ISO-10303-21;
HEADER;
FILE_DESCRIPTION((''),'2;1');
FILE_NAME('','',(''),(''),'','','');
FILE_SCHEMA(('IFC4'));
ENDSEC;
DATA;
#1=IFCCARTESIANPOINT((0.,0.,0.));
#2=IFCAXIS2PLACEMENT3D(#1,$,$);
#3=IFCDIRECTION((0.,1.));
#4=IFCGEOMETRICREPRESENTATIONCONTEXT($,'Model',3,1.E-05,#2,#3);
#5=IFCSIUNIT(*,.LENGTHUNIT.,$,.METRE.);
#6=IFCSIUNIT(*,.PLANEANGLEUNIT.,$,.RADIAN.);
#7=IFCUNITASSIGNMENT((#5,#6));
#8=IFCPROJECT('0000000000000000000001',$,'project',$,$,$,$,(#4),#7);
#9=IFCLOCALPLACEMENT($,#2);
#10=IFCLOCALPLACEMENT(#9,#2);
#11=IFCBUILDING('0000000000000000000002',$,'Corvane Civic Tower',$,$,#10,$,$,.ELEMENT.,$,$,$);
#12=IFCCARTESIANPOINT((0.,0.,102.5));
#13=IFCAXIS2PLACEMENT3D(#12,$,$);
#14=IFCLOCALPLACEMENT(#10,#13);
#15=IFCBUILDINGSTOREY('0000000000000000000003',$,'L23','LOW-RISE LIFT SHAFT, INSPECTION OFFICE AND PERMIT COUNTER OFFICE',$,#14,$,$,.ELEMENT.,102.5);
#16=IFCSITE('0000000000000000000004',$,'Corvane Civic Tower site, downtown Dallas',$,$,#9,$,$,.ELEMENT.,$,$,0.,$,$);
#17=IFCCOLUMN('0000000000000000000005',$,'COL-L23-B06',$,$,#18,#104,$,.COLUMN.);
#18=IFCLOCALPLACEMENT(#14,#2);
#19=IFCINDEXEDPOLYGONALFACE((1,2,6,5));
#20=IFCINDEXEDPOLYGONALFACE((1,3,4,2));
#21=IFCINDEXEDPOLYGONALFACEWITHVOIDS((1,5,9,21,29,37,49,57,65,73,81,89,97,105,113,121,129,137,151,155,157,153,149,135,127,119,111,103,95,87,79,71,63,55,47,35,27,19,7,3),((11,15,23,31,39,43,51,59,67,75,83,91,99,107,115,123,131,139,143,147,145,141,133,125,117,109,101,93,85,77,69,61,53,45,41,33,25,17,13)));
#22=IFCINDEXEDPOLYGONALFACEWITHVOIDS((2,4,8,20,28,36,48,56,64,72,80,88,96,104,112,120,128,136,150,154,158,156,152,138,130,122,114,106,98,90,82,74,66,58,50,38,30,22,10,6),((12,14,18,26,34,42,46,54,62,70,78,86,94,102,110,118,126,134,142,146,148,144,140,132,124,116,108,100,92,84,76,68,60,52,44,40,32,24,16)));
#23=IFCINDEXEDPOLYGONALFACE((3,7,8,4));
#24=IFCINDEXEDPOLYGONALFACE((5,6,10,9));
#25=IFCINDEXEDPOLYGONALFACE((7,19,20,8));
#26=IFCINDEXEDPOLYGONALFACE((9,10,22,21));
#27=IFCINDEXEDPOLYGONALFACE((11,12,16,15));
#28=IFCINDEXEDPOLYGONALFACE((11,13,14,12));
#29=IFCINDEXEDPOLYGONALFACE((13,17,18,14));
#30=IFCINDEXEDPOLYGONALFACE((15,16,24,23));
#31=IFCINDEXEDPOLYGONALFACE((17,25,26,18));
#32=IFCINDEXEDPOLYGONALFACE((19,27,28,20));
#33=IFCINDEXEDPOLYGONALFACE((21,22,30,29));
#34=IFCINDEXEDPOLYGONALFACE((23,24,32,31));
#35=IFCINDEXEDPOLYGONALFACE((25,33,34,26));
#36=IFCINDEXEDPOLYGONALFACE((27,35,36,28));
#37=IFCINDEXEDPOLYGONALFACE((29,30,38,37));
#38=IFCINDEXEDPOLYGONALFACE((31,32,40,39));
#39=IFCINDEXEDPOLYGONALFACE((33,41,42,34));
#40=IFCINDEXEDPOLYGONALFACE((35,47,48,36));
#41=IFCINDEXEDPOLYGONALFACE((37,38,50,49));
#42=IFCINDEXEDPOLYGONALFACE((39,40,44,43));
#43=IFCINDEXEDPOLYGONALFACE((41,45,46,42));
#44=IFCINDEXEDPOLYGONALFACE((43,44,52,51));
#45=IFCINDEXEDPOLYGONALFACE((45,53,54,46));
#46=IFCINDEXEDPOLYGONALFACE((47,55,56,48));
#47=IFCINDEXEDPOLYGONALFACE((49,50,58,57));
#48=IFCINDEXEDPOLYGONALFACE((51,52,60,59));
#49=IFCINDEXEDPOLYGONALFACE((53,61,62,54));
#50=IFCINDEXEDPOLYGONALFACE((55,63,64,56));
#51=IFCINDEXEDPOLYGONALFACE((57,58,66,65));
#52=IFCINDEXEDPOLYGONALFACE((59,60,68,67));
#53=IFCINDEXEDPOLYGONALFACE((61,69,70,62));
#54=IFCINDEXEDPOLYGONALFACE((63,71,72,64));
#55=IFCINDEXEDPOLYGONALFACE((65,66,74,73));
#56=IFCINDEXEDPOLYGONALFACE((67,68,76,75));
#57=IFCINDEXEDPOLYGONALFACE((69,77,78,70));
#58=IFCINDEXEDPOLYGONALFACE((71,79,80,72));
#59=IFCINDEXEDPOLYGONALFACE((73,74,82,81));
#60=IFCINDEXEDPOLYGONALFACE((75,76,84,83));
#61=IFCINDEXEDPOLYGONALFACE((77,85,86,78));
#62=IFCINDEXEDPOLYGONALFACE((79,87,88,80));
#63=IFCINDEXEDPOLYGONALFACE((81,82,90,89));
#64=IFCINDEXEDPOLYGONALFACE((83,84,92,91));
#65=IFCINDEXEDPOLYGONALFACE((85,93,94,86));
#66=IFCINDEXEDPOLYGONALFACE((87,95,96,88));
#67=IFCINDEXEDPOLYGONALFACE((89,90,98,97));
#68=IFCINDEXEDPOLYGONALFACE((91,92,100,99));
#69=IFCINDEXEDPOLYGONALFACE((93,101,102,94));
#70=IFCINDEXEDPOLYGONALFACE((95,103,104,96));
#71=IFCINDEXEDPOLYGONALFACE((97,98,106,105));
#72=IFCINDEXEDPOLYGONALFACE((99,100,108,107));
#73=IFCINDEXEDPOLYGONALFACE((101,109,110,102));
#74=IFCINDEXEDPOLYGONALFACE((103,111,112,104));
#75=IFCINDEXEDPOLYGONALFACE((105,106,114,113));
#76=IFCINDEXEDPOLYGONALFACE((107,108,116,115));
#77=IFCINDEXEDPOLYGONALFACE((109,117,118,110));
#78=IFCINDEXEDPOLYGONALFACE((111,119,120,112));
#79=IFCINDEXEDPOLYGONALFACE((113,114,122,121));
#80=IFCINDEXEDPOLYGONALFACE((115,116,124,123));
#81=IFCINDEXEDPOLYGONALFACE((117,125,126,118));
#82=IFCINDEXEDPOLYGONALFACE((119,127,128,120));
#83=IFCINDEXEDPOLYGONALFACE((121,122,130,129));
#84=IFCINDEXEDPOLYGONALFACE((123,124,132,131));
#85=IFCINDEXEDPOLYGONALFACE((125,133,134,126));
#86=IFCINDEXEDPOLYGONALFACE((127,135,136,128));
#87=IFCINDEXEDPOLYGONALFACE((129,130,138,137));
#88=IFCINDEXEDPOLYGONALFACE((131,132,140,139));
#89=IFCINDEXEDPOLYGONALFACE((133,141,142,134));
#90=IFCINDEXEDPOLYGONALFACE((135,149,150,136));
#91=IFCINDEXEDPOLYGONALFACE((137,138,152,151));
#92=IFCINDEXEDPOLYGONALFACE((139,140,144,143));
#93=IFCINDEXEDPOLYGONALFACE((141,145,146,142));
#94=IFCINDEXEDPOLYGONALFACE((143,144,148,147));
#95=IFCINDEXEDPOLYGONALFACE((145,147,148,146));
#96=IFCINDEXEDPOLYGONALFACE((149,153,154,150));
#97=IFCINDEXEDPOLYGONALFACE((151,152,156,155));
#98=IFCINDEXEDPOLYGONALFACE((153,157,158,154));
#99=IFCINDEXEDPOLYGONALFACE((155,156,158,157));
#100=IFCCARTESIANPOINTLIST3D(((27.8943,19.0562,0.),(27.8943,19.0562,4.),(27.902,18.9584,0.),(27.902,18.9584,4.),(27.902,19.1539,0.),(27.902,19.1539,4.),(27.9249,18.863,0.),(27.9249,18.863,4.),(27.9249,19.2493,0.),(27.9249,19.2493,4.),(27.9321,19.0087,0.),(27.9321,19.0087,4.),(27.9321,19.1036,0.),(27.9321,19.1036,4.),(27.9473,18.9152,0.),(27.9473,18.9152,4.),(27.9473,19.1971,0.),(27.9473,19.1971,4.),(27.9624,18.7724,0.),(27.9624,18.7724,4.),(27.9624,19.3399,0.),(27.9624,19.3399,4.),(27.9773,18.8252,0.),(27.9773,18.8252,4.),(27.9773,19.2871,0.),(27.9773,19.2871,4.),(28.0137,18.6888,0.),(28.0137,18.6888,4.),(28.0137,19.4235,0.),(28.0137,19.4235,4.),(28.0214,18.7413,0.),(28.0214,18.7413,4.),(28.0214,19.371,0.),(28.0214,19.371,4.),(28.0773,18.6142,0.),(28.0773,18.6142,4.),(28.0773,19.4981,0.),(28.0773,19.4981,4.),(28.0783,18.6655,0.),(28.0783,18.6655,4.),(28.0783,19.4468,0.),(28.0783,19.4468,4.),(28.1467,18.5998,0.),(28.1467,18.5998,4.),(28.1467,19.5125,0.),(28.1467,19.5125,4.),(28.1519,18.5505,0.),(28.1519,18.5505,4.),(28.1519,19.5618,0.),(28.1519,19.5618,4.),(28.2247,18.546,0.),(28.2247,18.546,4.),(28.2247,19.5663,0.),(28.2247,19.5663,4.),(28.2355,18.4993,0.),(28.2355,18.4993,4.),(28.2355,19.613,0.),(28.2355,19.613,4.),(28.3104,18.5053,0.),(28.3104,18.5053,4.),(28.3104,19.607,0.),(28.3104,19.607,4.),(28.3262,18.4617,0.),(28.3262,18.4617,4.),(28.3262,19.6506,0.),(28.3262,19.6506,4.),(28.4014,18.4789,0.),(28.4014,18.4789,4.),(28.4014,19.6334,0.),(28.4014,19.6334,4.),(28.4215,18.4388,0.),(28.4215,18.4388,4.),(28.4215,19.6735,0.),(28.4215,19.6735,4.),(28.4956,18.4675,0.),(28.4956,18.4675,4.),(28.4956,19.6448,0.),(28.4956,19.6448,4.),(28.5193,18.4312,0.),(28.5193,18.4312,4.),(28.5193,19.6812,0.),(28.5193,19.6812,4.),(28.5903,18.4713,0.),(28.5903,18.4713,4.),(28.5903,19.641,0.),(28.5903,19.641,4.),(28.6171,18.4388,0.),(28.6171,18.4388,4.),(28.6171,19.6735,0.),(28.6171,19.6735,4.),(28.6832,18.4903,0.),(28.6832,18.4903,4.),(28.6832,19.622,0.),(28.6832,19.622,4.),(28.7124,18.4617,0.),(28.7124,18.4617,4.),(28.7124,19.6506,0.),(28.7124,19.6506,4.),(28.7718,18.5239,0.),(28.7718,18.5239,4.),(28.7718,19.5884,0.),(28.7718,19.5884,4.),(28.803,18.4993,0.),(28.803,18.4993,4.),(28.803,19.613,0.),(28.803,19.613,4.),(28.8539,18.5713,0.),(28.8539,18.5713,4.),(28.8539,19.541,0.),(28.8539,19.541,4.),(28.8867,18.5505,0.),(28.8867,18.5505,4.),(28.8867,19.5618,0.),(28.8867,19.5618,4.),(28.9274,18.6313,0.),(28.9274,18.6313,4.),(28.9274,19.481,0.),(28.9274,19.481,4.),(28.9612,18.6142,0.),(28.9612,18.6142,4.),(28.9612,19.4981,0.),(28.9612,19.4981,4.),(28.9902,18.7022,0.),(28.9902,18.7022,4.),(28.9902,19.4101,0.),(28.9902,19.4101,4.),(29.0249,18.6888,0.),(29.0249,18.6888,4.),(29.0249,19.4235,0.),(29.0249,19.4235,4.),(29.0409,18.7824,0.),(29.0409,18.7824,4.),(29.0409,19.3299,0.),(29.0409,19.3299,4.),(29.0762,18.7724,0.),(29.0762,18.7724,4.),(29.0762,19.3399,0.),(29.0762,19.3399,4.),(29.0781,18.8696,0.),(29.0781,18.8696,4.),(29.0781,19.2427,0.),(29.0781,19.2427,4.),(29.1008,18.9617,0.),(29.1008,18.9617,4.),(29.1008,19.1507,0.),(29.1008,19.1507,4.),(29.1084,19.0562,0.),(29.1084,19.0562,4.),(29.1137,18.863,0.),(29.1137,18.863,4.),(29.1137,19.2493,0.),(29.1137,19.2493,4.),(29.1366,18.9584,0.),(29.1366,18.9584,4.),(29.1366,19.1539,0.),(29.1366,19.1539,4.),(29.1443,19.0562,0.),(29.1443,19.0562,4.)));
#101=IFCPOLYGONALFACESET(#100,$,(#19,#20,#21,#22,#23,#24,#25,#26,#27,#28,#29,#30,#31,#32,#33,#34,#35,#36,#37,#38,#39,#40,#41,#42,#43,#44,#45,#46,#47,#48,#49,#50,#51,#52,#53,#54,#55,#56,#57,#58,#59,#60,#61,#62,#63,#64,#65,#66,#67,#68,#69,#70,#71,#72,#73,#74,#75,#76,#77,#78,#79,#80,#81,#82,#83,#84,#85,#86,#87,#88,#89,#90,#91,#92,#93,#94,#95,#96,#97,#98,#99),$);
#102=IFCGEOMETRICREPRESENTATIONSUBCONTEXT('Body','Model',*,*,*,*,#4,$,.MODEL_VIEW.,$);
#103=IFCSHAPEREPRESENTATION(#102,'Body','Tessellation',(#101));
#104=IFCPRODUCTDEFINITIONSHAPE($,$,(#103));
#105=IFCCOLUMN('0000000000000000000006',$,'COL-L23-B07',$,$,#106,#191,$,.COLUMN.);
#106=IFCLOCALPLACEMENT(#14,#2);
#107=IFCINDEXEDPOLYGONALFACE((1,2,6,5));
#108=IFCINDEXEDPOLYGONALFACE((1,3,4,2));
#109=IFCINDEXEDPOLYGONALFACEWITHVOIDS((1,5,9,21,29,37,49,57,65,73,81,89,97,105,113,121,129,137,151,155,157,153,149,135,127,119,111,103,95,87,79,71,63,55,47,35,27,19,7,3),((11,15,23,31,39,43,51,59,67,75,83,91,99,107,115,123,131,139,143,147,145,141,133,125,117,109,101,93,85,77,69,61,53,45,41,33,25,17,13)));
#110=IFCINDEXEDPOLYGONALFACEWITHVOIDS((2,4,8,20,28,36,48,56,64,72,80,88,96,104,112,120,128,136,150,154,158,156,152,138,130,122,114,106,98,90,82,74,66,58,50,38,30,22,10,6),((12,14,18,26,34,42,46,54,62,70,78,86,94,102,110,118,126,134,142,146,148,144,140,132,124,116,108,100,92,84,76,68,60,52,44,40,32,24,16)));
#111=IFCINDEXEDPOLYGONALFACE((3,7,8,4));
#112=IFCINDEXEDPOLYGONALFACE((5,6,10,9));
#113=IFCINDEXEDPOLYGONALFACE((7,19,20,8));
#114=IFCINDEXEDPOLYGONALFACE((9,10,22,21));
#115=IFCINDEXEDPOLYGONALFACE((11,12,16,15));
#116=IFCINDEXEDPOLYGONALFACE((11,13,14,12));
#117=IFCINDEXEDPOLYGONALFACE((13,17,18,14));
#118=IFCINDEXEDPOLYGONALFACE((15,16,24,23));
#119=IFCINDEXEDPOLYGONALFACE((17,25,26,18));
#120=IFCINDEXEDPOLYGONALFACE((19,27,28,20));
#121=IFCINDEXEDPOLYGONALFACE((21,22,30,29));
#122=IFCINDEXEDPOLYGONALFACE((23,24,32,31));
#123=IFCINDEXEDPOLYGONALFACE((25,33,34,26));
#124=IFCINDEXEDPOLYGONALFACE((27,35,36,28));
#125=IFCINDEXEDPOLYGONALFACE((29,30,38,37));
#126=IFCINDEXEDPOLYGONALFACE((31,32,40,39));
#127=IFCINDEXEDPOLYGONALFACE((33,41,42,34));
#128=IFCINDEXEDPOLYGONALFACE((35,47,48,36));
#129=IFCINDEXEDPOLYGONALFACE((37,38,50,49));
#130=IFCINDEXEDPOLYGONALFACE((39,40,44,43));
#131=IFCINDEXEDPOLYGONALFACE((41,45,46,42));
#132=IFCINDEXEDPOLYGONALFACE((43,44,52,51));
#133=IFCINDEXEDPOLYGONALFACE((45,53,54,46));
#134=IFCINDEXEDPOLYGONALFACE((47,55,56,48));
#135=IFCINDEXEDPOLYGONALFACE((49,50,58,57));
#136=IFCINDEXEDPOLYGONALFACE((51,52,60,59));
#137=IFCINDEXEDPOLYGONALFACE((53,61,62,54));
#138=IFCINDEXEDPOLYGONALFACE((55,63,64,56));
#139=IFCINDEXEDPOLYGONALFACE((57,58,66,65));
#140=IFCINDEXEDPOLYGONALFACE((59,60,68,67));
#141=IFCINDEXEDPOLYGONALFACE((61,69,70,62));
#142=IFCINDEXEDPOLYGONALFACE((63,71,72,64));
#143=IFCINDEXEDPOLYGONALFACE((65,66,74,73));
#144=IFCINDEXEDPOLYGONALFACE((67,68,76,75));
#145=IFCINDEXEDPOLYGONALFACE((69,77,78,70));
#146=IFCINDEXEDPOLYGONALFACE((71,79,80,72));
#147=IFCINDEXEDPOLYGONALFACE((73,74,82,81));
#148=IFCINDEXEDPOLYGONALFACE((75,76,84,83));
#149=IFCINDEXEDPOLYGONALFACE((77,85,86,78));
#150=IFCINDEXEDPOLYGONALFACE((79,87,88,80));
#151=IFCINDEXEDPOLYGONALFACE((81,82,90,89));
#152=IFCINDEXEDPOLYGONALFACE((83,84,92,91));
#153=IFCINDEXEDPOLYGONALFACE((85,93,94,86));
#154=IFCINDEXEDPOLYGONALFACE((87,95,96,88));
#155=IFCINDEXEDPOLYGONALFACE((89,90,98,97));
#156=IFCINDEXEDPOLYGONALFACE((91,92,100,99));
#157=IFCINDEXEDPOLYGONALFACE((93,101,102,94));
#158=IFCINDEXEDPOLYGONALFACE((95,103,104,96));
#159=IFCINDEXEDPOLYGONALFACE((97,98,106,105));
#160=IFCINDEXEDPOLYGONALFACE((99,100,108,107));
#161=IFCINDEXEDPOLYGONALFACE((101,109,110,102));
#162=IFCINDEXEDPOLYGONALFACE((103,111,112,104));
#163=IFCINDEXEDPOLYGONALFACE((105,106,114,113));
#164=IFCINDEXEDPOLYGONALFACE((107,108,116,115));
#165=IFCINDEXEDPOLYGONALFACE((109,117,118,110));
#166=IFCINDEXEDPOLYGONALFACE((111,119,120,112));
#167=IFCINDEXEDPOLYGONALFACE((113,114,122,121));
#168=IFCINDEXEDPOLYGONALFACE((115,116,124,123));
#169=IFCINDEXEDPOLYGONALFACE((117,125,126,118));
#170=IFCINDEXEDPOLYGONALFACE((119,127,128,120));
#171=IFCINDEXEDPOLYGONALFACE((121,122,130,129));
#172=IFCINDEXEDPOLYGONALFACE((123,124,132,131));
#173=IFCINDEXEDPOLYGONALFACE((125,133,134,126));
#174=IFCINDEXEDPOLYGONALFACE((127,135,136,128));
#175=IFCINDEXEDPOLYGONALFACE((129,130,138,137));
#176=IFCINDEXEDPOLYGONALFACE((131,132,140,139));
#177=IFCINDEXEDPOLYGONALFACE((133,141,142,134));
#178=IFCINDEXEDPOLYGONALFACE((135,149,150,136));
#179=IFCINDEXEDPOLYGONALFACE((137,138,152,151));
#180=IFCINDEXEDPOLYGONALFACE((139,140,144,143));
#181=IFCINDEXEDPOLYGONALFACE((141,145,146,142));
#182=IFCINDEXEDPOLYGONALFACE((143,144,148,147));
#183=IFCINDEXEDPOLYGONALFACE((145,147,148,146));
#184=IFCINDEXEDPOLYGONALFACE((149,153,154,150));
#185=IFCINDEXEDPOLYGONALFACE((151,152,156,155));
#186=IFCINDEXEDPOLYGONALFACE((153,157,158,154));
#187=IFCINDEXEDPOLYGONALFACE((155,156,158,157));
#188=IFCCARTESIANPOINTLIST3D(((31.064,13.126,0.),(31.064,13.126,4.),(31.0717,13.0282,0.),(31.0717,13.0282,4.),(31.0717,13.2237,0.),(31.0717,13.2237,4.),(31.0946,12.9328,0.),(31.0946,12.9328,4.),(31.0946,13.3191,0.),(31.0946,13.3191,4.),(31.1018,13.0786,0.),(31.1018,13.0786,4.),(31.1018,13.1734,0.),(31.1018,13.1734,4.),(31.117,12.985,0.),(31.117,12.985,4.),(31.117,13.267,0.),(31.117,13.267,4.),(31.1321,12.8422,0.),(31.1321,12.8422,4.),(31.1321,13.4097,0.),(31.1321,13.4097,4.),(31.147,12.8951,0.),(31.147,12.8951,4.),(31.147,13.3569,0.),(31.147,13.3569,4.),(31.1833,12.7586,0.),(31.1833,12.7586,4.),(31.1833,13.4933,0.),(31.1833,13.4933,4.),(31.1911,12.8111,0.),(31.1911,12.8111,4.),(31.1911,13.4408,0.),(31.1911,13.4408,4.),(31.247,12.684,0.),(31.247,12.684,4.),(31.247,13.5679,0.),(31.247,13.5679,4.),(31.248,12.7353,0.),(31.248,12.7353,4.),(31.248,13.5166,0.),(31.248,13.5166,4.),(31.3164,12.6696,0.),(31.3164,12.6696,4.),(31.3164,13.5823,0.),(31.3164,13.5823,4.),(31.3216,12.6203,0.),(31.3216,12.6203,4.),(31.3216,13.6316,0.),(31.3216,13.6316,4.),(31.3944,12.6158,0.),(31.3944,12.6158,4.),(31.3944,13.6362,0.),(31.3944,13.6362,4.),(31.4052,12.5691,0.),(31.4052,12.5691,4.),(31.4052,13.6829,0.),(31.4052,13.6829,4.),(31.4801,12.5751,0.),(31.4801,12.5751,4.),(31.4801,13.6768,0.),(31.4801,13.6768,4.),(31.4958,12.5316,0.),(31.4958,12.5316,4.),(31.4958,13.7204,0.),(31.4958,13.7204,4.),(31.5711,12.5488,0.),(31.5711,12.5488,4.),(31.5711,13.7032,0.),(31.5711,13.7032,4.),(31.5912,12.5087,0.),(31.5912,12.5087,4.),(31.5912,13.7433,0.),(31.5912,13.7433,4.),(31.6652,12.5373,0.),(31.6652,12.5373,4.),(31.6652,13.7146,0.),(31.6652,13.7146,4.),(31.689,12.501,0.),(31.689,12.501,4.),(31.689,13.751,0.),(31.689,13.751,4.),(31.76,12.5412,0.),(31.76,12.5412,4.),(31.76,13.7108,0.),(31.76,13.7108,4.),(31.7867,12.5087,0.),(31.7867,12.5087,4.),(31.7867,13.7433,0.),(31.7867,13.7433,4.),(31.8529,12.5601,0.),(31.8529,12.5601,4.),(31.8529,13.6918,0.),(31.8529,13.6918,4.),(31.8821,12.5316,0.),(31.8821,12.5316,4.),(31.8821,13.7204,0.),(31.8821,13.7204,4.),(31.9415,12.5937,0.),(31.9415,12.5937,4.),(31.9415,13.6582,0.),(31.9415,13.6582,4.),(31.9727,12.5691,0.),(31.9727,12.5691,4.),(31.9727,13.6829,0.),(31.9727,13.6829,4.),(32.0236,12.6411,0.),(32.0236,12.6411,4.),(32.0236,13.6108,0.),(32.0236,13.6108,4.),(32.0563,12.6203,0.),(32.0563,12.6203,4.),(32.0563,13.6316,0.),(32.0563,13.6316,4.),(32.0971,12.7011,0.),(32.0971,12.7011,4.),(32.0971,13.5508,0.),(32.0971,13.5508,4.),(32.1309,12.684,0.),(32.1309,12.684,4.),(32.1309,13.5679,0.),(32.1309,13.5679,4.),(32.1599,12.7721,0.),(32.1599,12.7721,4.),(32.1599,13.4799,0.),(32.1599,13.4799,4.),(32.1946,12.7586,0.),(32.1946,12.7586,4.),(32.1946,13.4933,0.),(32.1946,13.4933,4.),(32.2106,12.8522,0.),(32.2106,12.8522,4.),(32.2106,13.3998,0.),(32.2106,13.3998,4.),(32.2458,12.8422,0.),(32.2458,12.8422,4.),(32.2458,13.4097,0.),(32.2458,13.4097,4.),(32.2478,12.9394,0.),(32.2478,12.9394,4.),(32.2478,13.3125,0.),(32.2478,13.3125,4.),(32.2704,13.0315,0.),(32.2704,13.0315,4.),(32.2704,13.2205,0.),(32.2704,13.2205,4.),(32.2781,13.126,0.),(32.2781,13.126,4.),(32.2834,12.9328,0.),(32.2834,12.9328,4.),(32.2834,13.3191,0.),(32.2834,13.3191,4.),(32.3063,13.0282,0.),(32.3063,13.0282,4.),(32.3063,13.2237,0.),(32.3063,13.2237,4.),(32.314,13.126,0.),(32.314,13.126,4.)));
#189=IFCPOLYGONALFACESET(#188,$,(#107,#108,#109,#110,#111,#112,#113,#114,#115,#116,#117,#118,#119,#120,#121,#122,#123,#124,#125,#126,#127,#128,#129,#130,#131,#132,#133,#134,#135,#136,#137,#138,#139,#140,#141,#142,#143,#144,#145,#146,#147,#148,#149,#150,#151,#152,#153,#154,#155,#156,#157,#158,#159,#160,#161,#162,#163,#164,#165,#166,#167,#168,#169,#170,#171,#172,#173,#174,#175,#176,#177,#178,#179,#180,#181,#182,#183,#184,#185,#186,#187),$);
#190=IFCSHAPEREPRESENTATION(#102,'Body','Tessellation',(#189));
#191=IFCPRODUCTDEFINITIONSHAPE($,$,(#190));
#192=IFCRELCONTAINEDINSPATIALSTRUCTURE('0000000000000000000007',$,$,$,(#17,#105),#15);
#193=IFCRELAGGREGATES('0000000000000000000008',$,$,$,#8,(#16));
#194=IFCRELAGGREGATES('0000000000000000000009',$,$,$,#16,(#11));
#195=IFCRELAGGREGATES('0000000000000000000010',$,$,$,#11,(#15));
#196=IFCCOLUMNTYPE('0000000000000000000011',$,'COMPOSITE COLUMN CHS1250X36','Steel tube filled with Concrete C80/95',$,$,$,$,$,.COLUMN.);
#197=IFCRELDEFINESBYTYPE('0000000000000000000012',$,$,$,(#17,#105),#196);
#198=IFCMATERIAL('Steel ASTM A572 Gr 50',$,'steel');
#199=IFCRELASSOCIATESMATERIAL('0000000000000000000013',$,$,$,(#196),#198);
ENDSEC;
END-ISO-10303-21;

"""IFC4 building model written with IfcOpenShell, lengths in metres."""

from ifc_helpers import new_model, si_unit, direction, frame, origin, origin_2d, place, context, subcontext, project, spatial, hollow_circle, extrude, material, material_profile, profile_set, type_object, element, save


model = new_model("IFC4")

# Units and contexts
model_context = context("Model", 3, precision=1e-05, world=origin(), true_north=direction((0.0, 1.0)))
body_context = subcontext(model_context, "Body", "Model", "MODEL_VIEW")
ifc_project = project(units=[si_unit("LENGTHUNIT", "METRE"), si_unit("PLANEANGLEUNIT", "RADIAN")], contexts=[model_context])

# Site, building, storey
site_placement = place(None, origin())
site = spatial("IfcSite", under=ifc_project, at=site_placement, Name="Corvane Civic Tower site, downtown Dallas", CompositionType="ELEMENT", RefElevation=0.0)
building_placement = place(site_placement, origin())
building = spatial("IfcBuilding", under=site, at=building_placement, Name="Corvane Civic Tower", CompositionType="ELEMENT")
storey_placement = place(building_placement, frame((0.0, 0.0, 102.5)))
storey = spatial("IfcBuildingStorey", under=building, at=storey_placement, Name="L23", Description="LOW-RISE LIFT SHAFT, INSPECTION OFFICE AND PERMIT COUNTER OFFICE", CompositionType="ELEMENT", Elevation=102.5)

# Columns
ifc_material_1 = material(Name="Steel ASTM A572 Gr 50", Category="steel")
ifc_material_profile_1 = material_profile(ifc_material_1, hollow_circle(Radius=0.625, WallThickness=0.0359, at=origin_2d()), Name="CHS1250X36")
ifc_profile_set_1 = profile_set([ifc_material_profile_1], Name="Steel ASTM A572 Gr 50")
column_type = type_object("IfcColumnType", Name="COMPOSITE COLUMN CHS1250X36", Description="Steel tube filled with Concrete C80/95", PredefinedType="COLUMN", material=ifc_profile_set_1)
for number, where, z_axis, x_axis, name in (
    (1, (28.5193, 19.0562, 0.0), (0.0, 0.0, 1.0), (1.0, 0.0, 0.0), "COL-L23-B06"),
    (2, (31.689, 13.126, 0.0), (0.0, 0.0, 1.0), (1.0, 0.0, 0.0), "COL-L23-B07"),
):
    element("IfcColumn", number, at=place(storey_placement, frame(where, z_axis=z_axis, x_axis=x_axis)), inside=storey, type_object=column_type, Name=name, PredefinedType="COLUMN", context=body_context, shape_type="SweptSolid", body=[
        extrude(hollow_circle(Radius=0.625, WallThickness=0.0359, at=origin_2d()), origin(), (0.0, 0.0, 1.0), 4.0),
    ])

save(model, "model.ifc")
